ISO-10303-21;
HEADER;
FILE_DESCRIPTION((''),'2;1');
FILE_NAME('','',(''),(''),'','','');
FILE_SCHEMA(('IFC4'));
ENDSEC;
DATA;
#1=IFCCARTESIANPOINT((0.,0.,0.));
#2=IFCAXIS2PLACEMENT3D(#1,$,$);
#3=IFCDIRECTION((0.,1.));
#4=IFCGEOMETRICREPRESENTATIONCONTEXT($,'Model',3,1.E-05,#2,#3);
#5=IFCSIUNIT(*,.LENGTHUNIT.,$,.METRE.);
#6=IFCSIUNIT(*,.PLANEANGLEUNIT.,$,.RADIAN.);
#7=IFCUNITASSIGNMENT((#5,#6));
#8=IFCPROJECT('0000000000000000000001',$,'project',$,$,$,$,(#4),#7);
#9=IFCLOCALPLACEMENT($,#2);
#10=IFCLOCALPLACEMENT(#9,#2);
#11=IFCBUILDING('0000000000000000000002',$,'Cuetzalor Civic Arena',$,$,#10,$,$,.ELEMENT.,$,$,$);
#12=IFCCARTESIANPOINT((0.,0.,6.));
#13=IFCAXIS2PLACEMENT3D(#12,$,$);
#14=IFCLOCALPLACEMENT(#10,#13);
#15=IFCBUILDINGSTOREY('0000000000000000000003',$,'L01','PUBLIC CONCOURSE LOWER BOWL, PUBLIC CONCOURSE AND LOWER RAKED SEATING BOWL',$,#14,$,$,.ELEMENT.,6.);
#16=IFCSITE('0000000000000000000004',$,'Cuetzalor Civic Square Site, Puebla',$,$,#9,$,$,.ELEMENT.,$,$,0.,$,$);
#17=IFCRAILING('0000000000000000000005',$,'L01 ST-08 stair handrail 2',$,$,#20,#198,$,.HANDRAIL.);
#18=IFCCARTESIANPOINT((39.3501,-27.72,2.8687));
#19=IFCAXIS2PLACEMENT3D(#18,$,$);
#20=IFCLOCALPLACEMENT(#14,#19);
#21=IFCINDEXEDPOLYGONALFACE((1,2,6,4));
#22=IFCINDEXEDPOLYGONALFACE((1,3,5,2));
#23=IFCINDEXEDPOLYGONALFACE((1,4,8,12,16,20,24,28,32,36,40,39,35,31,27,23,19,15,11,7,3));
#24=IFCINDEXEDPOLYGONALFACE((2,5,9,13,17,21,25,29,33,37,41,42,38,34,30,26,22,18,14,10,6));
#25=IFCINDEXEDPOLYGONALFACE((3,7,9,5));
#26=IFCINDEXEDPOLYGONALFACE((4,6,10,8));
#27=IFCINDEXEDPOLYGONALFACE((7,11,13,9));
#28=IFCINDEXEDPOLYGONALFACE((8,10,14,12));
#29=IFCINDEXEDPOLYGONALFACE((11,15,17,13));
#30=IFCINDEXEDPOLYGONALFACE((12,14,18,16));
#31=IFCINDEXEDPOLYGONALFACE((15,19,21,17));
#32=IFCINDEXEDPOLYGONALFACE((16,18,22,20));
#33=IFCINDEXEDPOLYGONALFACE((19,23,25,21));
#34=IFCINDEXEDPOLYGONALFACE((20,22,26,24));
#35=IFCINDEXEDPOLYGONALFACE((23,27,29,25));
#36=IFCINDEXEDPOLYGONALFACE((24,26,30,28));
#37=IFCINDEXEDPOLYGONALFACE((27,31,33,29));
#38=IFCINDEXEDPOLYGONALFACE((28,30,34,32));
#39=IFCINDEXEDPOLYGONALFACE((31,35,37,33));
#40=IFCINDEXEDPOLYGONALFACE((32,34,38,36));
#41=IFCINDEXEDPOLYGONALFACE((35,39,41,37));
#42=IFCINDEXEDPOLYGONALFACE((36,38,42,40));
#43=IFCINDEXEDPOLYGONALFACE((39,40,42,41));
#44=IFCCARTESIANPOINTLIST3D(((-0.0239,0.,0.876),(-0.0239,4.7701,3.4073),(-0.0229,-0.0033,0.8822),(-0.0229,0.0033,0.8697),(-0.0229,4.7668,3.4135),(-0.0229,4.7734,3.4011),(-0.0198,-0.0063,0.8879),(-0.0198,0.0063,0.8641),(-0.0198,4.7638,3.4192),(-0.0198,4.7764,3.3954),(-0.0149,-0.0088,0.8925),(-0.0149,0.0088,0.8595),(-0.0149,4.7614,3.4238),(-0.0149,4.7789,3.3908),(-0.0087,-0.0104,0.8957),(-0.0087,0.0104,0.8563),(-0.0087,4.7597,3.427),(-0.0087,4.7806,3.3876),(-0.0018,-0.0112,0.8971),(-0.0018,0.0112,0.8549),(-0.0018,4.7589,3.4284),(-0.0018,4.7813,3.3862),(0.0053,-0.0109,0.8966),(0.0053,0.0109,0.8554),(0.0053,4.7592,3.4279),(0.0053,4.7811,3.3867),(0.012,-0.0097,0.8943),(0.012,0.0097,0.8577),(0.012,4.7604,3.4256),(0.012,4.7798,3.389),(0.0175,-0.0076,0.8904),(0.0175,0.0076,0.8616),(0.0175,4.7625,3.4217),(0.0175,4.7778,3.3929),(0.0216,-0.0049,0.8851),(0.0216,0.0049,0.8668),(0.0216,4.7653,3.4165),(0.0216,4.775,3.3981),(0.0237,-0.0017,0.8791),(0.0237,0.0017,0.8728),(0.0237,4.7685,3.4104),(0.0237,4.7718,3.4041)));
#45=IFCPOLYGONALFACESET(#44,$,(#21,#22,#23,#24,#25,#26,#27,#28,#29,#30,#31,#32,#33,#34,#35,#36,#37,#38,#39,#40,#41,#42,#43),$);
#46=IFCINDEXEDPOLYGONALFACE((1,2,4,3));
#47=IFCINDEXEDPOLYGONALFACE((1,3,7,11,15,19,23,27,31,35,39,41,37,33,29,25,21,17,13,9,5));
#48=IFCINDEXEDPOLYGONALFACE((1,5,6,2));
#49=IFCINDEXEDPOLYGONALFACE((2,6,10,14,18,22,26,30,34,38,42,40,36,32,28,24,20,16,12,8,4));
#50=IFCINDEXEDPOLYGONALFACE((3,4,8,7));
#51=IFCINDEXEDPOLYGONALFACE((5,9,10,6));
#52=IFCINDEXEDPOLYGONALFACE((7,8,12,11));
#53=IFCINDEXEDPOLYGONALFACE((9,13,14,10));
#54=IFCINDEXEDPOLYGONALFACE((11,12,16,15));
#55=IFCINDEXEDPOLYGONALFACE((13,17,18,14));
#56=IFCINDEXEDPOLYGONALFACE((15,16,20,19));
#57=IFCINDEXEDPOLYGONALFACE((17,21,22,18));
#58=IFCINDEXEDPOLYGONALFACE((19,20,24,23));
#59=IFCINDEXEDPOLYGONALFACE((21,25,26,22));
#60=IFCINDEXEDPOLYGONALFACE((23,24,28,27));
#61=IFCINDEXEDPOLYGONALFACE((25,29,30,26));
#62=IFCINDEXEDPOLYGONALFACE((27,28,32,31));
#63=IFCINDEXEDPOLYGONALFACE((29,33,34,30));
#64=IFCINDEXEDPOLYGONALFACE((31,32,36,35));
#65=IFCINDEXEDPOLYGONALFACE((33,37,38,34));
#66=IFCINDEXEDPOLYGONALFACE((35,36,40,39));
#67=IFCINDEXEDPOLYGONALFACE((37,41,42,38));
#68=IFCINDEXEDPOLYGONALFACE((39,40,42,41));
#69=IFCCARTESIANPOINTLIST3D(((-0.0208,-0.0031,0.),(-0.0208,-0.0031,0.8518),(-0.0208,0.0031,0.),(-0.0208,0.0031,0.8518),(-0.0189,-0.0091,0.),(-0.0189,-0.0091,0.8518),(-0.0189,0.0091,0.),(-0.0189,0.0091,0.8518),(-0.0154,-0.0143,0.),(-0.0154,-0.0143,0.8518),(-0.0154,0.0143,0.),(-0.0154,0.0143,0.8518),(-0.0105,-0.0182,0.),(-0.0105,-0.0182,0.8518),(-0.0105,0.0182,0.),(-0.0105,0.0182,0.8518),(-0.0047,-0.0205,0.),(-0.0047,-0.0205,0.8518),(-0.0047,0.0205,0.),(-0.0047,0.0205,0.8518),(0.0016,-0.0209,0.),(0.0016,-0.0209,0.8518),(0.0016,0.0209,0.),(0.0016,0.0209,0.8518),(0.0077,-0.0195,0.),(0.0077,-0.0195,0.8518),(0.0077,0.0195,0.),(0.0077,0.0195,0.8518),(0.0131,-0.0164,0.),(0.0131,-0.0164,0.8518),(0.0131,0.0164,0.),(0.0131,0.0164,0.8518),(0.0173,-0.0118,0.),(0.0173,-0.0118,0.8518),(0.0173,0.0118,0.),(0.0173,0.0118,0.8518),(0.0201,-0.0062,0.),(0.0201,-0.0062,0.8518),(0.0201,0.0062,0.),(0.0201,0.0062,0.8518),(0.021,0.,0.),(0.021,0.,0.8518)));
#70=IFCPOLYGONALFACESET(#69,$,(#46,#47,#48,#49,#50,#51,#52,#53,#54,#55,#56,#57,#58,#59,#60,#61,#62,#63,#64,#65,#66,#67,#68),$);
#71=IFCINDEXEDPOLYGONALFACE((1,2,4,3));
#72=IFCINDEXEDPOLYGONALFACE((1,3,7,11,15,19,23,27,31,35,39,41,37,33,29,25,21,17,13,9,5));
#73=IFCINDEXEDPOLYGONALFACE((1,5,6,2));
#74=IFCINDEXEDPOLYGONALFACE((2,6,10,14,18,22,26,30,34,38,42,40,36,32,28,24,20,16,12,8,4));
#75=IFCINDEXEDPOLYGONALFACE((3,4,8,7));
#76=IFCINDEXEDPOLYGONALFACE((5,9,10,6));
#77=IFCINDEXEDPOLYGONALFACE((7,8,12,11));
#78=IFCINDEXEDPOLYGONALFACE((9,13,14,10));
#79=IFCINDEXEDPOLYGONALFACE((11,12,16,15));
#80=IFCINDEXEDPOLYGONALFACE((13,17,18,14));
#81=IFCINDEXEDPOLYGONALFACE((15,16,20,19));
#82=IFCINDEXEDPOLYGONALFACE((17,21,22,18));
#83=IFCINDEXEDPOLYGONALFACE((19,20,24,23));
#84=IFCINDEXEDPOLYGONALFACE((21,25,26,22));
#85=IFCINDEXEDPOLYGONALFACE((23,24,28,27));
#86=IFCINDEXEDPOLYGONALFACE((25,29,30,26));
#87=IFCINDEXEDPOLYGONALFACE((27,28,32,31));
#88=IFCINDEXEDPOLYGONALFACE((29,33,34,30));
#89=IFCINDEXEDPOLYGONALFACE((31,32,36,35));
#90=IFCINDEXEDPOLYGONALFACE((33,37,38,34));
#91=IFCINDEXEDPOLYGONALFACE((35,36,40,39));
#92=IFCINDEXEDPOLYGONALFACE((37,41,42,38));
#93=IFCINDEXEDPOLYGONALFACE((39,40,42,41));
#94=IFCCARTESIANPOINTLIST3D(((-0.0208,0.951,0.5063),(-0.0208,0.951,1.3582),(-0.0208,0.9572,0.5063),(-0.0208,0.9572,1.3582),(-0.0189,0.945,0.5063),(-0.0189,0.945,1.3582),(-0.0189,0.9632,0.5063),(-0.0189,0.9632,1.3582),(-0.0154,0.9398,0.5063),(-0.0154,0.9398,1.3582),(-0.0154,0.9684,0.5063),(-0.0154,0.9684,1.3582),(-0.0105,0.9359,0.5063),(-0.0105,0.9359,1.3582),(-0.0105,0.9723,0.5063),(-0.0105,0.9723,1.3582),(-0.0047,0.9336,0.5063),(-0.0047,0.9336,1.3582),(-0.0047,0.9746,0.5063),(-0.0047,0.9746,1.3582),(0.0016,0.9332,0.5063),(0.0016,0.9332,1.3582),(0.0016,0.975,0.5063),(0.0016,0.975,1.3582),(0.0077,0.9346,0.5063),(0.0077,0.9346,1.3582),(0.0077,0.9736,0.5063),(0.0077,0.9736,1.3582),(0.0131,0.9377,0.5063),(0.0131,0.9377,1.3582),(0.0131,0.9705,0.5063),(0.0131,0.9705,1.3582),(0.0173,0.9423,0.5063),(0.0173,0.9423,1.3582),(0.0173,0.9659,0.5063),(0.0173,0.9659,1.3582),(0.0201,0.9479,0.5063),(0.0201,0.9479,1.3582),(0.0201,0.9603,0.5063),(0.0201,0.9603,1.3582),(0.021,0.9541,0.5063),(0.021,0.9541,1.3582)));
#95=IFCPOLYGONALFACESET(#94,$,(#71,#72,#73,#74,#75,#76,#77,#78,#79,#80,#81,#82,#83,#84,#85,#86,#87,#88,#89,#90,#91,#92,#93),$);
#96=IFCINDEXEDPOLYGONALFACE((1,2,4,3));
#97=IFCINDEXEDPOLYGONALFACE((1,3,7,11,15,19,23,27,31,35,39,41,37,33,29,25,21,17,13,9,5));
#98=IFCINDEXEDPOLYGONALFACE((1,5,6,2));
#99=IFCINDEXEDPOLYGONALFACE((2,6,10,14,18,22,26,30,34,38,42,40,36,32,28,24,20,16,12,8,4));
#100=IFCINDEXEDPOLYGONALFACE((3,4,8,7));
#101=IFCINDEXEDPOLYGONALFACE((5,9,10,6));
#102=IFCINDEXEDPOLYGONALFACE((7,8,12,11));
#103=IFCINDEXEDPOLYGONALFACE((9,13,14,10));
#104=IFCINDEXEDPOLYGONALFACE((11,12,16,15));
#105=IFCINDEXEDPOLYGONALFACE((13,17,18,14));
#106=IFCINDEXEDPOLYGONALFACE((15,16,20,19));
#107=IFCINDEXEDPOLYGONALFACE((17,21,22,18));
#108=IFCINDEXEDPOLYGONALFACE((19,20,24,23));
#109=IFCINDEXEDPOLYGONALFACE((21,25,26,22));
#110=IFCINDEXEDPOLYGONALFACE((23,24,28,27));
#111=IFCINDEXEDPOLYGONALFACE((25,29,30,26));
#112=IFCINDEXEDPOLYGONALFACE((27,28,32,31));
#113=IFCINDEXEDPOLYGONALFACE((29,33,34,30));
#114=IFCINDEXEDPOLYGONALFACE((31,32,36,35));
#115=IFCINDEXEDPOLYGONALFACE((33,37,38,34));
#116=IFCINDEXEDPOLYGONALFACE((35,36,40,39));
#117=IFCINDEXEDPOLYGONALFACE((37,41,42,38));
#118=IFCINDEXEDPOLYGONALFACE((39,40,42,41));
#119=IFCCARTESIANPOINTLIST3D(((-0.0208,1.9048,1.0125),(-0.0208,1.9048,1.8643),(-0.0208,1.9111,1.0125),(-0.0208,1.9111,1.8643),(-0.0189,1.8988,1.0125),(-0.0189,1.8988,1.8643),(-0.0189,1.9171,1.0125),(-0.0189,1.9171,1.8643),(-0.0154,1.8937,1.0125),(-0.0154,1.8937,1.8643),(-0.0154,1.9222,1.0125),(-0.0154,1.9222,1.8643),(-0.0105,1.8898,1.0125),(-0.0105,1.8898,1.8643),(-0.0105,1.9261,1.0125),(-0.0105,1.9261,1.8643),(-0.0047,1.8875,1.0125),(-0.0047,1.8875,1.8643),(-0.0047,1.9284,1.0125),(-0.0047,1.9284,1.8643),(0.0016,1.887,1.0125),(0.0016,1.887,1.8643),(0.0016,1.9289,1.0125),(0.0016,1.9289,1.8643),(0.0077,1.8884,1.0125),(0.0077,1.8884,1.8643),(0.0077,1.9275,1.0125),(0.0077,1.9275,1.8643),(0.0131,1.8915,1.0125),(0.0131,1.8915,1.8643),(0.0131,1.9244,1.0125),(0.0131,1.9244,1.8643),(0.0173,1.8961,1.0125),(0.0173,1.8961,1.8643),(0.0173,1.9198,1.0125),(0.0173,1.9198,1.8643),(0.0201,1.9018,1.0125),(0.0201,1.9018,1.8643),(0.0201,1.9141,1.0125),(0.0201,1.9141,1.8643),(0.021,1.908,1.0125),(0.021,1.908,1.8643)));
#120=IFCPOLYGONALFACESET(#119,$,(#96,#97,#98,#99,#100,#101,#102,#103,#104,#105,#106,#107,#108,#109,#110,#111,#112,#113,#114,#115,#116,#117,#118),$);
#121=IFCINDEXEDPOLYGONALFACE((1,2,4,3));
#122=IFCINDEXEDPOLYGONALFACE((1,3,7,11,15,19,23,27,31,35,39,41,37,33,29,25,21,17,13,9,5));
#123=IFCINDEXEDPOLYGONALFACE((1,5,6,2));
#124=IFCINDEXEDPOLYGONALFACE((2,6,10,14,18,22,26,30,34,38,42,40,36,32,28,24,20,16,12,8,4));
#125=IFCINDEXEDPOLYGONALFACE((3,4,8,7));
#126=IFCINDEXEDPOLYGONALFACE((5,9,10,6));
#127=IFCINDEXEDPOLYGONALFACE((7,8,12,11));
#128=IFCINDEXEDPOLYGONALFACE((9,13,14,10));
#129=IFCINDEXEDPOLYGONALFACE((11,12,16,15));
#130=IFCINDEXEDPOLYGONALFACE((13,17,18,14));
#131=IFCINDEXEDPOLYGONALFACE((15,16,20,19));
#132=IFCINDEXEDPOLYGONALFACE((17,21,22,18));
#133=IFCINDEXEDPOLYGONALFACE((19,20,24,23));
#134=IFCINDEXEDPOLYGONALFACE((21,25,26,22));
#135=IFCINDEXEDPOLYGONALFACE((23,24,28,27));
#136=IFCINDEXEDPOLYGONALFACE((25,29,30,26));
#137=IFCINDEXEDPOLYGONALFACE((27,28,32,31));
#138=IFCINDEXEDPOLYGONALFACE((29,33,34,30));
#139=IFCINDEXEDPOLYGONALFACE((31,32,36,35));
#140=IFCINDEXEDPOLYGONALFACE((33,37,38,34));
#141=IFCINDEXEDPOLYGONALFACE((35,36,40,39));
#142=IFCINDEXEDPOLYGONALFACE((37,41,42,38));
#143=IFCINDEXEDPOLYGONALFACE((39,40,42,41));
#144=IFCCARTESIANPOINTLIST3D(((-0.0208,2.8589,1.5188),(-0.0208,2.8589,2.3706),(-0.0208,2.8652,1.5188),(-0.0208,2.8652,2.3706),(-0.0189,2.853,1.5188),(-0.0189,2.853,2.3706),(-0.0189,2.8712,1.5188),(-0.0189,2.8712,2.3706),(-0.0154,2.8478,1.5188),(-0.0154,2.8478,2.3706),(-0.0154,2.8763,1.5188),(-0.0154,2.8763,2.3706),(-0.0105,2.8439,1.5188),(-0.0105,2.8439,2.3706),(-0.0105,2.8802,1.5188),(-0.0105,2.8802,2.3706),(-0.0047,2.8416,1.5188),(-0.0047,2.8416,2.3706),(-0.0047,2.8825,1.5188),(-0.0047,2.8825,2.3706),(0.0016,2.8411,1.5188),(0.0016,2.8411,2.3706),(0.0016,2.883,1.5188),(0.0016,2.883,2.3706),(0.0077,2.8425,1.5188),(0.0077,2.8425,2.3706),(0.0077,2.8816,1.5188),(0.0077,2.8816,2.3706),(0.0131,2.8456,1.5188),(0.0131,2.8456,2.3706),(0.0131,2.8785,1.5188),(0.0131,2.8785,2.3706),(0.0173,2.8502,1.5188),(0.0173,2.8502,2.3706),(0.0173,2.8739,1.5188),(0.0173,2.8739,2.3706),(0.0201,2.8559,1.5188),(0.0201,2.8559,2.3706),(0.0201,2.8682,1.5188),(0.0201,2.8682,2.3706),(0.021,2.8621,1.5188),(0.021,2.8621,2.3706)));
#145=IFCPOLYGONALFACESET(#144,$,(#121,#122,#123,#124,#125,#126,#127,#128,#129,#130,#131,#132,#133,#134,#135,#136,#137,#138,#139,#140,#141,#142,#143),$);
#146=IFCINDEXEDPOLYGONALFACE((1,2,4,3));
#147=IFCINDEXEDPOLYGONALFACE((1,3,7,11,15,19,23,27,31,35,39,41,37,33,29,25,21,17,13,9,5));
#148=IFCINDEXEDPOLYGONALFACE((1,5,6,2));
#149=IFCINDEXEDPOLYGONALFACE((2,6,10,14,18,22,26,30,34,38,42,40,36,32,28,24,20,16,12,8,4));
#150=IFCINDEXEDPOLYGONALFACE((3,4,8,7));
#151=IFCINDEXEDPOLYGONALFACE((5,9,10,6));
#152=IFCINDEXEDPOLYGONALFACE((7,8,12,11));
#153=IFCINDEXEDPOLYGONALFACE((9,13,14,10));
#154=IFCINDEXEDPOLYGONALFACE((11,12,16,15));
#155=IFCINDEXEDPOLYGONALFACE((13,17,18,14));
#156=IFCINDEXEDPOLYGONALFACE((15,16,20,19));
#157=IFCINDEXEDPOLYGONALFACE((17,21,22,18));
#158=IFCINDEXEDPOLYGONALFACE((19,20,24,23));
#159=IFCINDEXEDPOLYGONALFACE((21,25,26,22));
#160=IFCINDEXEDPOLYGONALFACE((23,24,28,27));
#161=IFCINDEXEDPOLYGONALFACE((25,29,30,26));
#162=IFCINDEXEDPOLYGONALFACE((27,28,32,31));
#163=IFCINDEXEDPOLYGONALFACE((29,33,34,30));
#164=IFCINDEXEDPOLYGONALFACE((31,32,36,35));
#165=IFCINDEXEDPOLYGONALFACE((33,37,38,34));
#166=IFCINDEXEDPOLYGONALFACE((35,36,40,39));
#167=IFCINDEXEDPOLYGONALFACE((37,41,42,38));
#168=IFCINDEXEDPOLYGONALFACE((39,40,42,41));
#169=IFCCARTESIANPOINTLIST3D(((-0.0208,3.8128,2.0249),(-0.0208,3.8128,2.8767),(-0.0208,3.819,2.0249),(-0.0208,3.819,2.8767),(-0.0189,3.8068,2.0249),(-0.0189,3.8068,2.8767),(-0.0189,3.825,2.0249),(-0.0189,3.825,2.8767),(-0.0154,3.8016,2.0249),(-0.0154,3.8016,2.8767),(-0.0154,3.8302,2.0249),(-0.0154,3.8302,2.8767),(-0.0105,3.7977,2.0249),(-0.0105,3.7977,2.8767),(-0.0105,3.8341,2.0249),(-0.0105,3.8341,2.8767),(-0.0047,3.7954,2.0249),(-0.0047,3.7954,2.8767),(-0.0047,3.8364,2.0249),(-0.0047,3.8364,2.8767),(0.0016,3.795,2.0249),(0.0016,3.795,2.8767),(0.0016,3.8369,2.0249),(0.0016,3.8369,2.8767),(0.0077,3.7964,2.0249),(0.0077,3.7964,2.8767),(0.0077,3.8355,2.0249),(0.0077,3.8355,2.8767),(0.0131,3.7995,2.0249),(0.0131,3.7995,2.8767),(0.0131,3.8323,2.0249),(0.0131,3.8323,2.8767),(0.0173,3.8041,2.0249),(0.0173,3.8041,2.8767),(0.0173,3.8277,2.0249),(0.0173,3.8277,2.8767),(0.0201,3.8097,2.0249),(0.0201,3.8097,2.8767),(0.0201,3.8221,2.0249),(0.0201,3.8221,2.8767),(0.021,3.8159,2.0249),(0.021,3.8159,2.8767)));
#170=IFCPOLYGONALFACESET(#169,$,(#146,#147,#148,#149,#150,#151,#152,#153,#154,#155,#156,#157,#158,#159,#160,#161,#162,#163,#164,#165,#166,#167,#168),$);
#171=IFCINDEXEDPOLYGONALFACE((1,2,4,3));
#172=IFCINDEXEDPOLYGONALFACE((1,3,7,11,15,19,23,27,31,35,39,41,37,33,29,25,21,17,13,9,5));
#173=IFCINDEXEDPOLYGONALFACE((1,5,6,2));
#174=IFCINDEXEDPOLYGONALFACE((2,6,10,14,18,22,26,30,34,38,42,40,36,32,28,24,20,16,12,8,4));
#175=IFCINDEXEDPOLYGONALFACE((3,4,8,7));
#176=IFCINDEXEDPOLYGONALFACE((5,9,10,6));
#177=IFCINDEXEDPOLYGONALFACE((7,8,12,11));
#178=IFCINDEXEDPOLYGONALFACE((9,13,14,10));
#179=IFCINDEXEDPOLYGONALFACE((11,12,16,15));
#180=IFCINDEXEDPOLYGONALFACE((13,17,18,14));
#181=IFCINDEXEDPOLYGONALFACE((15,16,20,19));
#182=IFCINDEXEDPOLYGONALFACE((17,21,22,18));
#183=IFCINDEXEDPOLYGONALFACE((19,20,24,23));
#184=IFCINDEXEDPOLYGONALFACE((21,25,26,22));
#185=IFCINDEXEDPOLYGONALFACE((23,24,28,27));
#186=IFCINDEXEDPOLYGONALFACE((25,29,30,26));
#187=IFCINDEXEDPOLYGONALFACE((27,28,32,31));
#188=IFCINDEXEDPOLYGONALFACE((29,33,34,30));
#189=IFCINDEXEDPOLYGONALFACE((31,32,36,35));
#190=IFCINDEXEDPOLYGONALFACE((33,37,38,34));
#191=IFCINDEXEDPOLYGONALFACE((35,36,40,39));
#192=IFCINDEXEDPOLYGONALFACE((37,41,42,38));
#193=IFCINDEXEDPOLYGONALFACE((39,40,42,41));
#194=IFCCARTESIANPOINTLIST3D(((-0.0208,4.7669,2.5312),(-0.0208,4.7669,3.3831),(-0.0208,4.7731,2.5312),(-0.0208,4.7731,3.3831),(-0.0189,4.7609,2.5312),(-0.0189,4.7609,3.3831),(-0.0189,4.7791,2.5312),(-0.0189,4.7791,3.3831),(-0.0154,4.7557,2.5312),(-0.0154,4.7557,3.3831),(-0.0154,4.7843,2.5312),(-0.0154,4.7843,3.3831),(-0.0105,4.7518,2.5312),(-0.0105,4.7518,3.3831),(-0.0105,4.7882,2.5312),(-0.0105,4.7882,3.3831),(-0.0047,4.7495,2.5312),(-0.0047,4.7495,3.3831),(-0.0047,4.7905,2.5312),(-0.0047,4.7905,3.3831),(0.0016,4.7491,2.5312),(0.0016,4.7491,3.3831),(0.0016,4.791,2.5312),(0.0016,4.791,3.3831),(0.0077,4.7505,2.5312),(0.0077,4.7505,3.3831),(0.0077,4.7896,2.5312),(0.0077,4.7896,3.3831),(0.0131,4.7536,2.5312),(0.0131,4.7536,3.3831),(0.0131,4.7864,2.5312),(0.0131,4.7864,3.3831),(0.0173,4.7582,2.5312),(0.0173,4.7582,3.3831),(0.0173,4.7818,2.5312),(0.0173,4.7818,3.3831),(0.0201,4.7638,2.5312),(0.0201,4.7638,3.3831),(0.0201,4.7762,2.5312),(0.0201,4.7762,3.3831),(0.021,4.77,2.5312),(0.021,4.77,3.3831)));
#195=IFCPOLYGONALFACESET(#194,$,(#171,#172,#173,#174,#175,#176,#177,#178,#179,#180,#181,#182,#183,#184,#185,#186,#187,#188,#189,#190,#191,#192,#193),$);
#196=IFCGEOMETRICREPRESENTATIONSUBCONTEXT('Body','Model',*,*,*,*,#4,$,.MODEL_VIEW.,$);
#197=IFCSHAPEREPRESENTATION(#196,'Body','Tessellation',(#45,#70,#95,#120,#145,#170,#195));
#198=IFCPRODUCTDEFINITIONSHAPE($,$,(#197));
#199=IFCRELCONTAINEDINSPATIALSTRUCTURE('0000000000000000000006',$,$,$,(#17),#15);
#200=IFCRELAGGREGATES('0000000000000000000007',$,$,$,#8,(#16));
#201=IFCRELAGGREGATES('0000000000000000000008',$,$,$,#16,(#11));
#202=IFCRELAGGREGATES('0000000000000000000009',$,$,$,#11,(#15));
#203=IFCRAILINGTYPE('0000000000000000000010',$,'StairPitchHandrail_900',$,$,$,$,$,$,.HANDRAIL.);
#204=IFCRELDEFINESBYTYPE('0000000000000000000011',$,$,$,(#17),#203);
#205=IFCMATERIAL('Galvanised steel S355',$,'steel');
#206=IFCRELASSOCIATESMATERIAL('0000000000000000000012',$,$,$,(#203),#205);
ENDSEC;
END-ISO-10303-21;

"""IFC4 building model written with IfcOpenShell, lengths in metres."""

from ifc_helpers import new_model, si_unit, direction, frame, origin, origin_2d, place, context, subcontext, project, spatial, circle, extrude, material, type_object, element, save


model = new_model("IFC4")

# Units and contexts
model_context = context("Model", 3, precision=1e-05, world=origin(), true_north=direction((0.0, 1.0)))
body_context = subcontext(model_context, "Body", "Model", "MODEL_VIEW")
ifc_project = project(units=[si_unit("LENGTHUNIT", "METRE"), si_unit("PLANEANGLEUNIT", "RADIAN")], contexts=[model_context])

# Site, building, storey
site_placement = place(None, origin())
site = spatial("IfcSite", under=ifc_project, at=site_placement, Name="Cuetzalor Civic Square Site, Puebla", CompositionType="ELEMENT", RefElevation=0.0)
building_placement = place(site_placement, origin())
building = spatial("IfcBuilding", under=site, at=building_placement, Name="Cuetzalor Civic Arena", CompositionType="ELEMENT")
storey_placement = place(building_placement, frame((0.0, 0.0, 6.0)))
storey = spatial("IfcBuildingStorey", under=building, at=storey_placement, Name="L01", Description="PUBLIC CONCOURSE LOWER BOWL, PUBLIC CONCOURSE AND LOWER RAKED SEATING BOWL", CompositionType="ELEMENT", Elevation=6.0)

# Railing
ifc_material_1 = material(Name="Galvanised steel S355", Category="steel")
railing_type_1 = type_object("IfcRailingType", Name="StairPitchHandrail_900", PredefinedType="HANDRAIL", material=ifc_material_1)
railing_1_placement = place(storey_placement, frame((39.3501, -27.72, 2.8687)))
element("IfcRailing", 1, at=railing_1_placement, inside=storey, type_object=railing_type_1, Name="L01 ST-08 stair handrail 2", PredefinedType="HANDRAIL", context=body_context, shape_type="SweptSolid", body=[
    extrude(circle(Radius=0.0239, at=origin_2d()), frame((0.0, 0.0, 0.876), z_axis=(0.0, 0.883332, 0.468747), x_axis=(-1.0, 0.0, 0.0)), (0.0, 0.0, 1.0), 5.4001),
    extrude(circle(Radius=0.021, at=origin_2d()), origin(), (0.0, 0.0, 1.0), 0.8518),
    extrude(circle(Radius=0.021, at=origin_2d()), frame((0.0, 0.9541, 0.5063)), (0.0, 0.0, 1.0), 0.8518),
    extrude(circle(Radius=0.021, at=origin_2d()), frame((0.0, 1.908, 1.0125)), (0.0, 0.0, 1.0), 0.8518),
    extrude(circle(Radius=0.021, at=origin_2d()), frame((0.0, 2.8621, 1.5188)), (0.0, 0.0, 1.0), 0.8518),
    extrude(circle(Radius=0.021, at=origin_2d()), frame((0.0, 3.8159, 2.0249)), (0.0, 0.0, 1.0), 0.8518),
    extrude(circle(Radius=0.021, at=origin_2d()), frame((0.0, 4.77, 2.5312)), (0.0, 0.0, 1.0), 0.8518),
])

save(model, "model.ifc")
